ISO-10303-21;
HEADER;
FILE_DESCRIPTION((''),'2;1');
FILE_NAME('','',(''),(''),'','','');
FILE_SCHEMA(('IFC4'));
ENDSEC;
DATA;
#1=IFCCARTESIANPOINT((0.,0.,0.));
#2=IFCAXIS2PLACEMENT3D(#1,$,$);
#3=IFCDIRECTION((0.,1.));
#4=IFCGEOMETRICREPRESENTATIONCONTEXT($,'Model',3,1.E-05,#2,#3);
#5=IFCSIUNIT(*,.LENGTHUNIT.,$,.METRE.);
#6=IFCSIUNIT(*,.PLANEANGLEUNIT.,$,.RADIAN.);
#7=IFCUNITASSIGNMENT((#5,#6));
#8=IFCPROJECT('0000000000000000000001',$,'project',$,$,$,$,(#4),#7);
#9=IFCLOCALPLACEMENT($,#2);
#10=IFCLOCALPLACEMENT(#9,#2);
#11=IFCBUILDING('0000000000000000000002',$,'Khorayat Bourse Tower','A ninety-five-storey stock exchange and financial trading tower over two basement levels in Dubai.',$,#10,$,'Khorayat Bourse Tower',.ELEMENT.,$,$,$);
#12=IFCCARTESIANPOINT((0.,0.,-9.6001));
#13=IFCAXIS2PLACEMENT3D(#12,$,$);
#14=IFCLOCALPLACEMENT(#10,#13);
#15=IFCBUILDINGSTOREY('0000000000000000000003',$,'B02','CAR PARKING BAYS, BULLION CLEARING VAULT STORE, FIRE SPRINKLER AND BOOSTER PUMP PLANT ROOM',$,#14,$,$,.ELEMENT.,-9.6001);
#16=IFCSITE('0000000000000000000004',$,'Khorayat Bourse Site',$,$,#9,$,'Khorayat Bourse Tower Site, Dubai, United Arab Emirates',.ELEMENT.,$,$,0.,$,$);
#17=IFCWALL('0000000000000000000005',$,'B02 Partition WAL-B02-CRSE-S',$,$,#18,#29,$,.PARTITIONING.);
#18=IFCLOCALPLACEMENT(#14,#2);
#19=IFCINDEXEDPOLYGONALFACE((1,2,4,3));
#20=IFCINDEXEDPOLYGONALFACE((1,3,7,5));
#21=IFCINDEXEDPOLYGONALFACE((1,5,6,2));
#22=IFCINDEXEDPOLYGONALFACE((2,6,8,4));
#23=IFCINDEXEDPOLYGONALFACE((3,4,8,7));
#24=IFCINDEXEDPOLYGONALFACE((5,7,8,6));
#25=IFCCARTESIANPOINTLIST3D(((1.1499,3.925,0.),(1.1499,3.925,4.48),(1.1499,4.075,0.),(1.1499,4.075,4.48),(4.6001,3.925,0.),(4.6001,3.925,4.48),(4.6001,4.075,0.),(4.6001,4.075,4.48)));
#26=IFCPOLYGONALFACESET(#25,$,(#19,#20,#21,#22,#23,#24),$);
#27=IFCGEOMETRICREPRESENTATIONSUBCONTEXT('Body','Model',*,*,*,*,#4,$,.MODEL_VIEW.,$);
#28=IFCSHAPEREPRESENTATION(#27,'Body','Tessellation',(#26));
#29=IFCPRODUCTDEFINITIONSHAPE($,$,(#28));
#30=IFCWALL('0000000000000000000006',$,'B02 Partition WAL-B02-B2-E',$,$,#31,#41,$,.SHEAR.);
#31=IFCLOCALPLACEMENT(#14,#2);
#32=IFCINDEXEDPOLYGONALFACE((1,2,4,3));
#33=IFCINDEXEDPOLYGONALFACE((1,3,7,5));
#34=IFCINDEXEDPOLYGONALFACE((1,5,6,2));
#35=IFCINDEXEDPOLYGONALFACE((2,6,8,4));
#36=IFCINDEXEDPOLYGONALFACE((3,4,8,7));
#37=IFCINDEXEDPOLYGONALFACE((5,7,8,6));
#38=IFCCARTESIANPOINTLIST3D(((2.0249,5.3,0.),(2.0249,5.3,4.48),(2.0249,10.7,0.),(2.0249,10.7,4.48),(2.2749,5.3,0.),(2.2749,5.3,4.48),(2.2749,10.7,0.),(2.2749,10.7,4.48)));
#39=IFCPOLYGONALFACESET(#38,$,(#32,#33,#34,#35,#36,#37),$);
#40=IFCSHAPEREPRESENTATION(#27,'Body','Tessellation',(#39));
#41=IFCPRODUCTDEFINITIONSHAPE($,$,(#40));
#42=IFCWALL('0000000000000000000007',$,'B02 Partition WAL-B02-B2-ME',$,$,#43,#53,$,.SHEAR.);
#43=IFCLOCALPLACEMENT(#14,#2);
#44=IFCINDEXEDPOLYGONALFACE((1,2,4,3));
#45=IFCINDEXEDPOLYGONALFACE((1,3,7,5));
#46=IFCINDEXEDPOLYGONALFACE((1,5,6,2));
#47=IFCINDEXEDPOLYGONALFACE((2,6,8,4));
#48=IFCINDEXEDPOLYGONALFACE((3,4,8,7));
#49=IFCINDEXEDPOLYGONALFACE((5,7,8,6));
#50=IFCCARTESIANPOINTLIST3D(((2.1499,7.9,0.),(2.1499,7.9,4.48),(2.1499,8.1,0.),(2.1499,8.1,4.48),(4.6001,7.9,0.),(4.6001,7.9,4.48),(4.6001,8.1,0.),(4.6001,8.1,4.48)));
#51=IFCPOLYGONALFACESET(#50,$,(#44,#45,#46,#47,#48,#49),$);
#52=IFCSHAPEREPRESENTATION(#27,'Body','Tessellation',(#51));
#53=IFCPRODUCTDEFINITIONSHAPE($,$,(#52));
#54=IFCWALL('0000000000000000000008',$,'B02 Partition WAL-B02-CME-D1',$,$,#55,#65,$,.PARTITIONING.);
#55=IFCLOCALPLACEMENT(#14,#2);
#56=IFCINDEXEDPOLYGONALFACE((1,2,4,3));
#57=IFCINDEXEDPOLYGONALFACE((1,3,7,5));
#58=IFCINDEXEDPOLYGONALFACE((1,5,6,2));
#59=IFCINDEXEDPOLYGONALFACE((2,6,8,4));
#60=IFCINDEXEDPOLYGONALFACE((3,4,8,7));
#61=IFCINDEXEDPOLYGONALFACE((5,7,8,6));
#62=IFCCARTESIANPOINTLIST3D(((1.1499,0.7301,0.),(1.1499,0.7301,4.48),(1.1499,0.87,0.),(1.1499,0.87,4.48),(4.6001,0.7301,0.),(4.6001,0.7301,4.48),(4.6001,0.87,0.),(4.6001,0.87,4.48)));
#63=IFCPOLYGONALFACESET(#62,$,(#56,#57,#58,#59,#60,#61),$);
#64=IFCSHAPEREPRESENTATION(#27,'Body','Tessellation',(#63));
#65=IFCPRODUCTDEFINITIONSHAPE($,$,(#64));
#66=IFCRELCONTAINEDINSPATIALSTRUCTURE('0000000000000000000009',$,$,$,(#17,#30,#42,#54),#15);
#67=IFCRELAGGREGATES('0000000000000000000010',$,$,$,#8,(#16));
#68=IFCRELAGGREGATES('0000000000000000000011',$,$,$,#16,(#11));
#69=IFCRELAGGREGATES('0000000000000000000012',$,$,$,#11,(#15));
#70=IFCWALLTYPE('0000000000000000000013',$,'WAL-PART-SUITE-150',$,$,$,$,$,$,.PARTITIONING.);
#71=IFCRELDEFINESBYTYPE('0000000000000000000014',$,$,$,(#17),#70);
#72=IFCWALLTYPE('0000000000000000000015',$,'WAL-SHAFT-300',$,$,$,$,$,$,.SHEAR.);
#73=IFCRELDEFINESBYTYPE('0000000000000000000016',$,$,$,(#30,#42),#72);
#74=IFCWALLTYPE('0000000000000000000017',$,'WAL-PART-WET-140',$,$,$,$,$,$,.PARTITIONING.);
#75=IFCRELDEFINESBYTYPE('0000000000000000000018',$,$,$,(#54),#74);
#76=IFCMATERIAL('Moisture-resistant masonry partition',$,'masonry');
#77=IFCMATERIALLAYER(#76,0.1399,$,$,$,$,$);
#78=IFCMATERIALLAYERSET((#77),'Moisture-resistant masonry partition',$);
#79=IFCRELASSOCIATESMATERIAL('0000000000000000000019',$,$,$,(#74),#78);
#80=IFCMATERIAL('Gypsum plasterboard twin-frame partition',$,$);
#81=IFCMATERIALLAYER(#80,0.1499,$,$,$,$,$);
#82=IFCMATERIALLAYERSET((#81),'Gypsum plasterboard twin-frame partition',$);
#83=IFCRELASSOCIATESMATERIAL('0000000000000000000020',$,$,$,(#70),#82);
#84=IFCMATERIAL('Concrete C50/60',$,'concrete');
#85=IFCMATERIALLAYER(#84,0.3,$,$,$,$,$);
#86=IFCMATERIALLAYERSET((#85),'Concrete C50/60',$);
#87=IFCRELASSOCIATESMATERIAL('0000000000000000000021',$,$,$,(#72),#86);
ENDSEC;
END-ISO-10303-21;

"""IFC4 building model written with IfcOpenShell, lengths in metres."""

from ifc_helpers import new_model, si_unit, direction, frame, frame_2d, origin, place, context, subcontext, project, spatial, rectangle, extrude, source, transform, mapped, material, layer, layer_set, type_object, element, save


model = new_model("IFC4")

# Units and contexts
model_context = context("Model", 3, precision=1e-05, world=origin(), true_north=direction((0.0, 1.0)))
body_context = subcontext(model_context, "Body", "Model", "MODEL_VIEW")
ifc_project = project(units=[si_unit("LENGTHUNIT", "METRE"), si_unit("PLANEANGLEUNIT", "RADIAN")], contexts=[model_context])

# Site, building, storey
site_placement = place(None, origin())
site = spatial("IfcSite", under=ifc_project, at=site_placement, Name="Khorayat Bourse Site", LongName="Khorayat Bourse Tower Site, Dubai, United Arab Emirates", CompositionType="ELEMENT", RefElevation=0.0)
building_placement = place(site_placement, origin())
building = spatial("IfcBuilding", under=site, at=building_placement, Name="Khorayat Bourse Tower", Description="A ninety-five-storey stock exchange and financial trading tower over two basement levels in Dubai.", LongName="Khorayat Bourse Tower", CompositionType="ELEMENT")
storey_placement = place(building_placement, frame((0.0, 0.0, -9.6001)))
storey = spatial("IfcBuildingStorey", under=building, at=storey_placement, Name="B02", Description="CAR PARKING BAYS, BULLION CLEARING VAULT STORE, FIRE SPRINKLER AND BOOSTER PUMP PLANT ROOM", CompositionType="ELEMENT", Elevation=-9.6001)

# Shared definitions
ifc_material_1 = material(Name="Concrete C50/60", Category="concrete")

# Shared definitions
ifc_material_2 = material(Name="Moisture-resistant masonry partition", Category="masonry")
ifc_layer_1 = layer(ifc_material_2, 0.1399)
ifc_layer_set_1 = layer_set([ifc_layer_1], Name="Moisture-resistant masonry partition")
wall_type_1 = type_object("IfcWallType", Name="WAL-PART-WET-140", PredefinedType="PARTITIONING", material=ifc_layer_set_1)

# Walls
ifc_material_3 = material(Name="Gypsum plasterboard twin-frame partition")
ifc_layer_2 = layer(ifc_material_3, 0.1499)
ifc_layer_set_2 = layer_set([ifc_layer_2], Name="Gypsum plasterboard twin-frame partition")
wall_type_2 = type_object("IfcWallType", Name="WAL-PART-SUITE-150", PredefinedType="PARTITIONING", material=ifc_layer_set_2)
shared_shape_1 = source(origin(), body_context, "Body", "SweptSolid", [
    extrude(rectangle(XDim=3.4502, YDim=0.1499, at=frame_2d((1.7251, 0.0))), origin(), (0.0, 0.0, 1.0), 4.48),
])
wall_1_placement = place(storey_placement, frame((1.1499, 4.0, 0.0), z_axis=(0.0, 0.0, 1.0), x_axis=(1.0, 0.0, 0.0)))
element("IfcWall", 1, at=wall_1_placement, inside=storey, type_object=wall_type_2, Name="B02 Partition WAL-B02-CRSE-S", PredefinedType="PARTITIONING", context=body_context, shape_type="MappedRepresentation", body=[
    mapped(shared_shape_1, transform((0.0, 0.0, 0.0), scale=1.0)),
])
ifc_layer_3 = layer(ifc_material_1, 0.3)
ifc_layer_set_3 = layer_set([ifc_layer_3], Name="Concrete C50/60")
wall_type_3 = type_object("IfcWallType", Name="WAL-SHAFT-300", PredefinedType="SHEAR", material=ifc_layer_set_3)
shared_shape_2 = source(origin(), body_context, "Body", "SweptSolid", [
    extrude(rectangle(XDim=5.3999, YDim=0.25, at=frame_2d((2.7, 0.0))), origin(), (0.0, 0.0, 1.0), 4.48),
])
wall_2_placement = place(storey_placement, frame((2.1499, 5.3, 0.0), z_axis=(0.0, 0.0, 1.0), x_axis=(0.0, 1.0, 0.0)))
element("IfcWall", 2, at=wall_2_placement, inside=storey, type_object=wall_type_3, Name="B02 Partition WAL-B02-B2-E", PredefinedType="SHEAR", context=body_context, shape_type="MappedRepresentation", body=[
    mapped(shared_shape_2, transform((0.0, 0.0, 0.0), scale=1.0)),
])
shared_shape_3 = source(origin(), body_context, "Body", "SweptSolid", [
    extrude(rectangle(XDim=2.4502, YDim=0.2, at=frame_2d((1.2251, 0.0))), origin(), (0.0, 0.0, 1.0), 4.48),
])
wall_3_placement = place(storey_placement, frame((2.1499, 8.0, 0.0), z_axis=(0.0, 0.0, 1.0), x_axis=(1.0, 0.0, 0.0)))
element("IfcWall", 3, at=wall_3_placement, inside=storey, type_object=wall_type_3, Name="B02 Partition WAL-B02-B2-ME", PredefinedType="SHEAR", context=body_context, shape_type="MappedRepresentation", body=[
    mapped(shared_shape_3, transform((0.0, 0.0, 0.0), scale=1.0)),
])
shared_shape_4 = source(origin(), body_context, "Body", "SweptSolid", [
    extrude(rectangle(XDim=3.4502, YDim=0.1399, at=frame_2d((1.7251, 0.0))), origin(), (0.0, 0.0, 1.0), 4.48),
])
wall_4_placement = place(storey_placement, frame((1.1499, 0.8, 0.0), z_axis=(0.0, 0.0, 1.0), x_axis=(1.0, 0.0, 0.0)))
element("IfcWall", 4, at=wall_4_placement, inside=storey, type_object=wall_type_1, Name="B02 Partition WAL-B02-CME-D1", PredefinedType="PARTITIONING", context=body_context, shape_type="MappedRepresentation", body=[
    mapped(shared_shape_4, transform((0.0, 0.0, 0.0), scale=1.0)),
])

save(model, "model.ifc")
